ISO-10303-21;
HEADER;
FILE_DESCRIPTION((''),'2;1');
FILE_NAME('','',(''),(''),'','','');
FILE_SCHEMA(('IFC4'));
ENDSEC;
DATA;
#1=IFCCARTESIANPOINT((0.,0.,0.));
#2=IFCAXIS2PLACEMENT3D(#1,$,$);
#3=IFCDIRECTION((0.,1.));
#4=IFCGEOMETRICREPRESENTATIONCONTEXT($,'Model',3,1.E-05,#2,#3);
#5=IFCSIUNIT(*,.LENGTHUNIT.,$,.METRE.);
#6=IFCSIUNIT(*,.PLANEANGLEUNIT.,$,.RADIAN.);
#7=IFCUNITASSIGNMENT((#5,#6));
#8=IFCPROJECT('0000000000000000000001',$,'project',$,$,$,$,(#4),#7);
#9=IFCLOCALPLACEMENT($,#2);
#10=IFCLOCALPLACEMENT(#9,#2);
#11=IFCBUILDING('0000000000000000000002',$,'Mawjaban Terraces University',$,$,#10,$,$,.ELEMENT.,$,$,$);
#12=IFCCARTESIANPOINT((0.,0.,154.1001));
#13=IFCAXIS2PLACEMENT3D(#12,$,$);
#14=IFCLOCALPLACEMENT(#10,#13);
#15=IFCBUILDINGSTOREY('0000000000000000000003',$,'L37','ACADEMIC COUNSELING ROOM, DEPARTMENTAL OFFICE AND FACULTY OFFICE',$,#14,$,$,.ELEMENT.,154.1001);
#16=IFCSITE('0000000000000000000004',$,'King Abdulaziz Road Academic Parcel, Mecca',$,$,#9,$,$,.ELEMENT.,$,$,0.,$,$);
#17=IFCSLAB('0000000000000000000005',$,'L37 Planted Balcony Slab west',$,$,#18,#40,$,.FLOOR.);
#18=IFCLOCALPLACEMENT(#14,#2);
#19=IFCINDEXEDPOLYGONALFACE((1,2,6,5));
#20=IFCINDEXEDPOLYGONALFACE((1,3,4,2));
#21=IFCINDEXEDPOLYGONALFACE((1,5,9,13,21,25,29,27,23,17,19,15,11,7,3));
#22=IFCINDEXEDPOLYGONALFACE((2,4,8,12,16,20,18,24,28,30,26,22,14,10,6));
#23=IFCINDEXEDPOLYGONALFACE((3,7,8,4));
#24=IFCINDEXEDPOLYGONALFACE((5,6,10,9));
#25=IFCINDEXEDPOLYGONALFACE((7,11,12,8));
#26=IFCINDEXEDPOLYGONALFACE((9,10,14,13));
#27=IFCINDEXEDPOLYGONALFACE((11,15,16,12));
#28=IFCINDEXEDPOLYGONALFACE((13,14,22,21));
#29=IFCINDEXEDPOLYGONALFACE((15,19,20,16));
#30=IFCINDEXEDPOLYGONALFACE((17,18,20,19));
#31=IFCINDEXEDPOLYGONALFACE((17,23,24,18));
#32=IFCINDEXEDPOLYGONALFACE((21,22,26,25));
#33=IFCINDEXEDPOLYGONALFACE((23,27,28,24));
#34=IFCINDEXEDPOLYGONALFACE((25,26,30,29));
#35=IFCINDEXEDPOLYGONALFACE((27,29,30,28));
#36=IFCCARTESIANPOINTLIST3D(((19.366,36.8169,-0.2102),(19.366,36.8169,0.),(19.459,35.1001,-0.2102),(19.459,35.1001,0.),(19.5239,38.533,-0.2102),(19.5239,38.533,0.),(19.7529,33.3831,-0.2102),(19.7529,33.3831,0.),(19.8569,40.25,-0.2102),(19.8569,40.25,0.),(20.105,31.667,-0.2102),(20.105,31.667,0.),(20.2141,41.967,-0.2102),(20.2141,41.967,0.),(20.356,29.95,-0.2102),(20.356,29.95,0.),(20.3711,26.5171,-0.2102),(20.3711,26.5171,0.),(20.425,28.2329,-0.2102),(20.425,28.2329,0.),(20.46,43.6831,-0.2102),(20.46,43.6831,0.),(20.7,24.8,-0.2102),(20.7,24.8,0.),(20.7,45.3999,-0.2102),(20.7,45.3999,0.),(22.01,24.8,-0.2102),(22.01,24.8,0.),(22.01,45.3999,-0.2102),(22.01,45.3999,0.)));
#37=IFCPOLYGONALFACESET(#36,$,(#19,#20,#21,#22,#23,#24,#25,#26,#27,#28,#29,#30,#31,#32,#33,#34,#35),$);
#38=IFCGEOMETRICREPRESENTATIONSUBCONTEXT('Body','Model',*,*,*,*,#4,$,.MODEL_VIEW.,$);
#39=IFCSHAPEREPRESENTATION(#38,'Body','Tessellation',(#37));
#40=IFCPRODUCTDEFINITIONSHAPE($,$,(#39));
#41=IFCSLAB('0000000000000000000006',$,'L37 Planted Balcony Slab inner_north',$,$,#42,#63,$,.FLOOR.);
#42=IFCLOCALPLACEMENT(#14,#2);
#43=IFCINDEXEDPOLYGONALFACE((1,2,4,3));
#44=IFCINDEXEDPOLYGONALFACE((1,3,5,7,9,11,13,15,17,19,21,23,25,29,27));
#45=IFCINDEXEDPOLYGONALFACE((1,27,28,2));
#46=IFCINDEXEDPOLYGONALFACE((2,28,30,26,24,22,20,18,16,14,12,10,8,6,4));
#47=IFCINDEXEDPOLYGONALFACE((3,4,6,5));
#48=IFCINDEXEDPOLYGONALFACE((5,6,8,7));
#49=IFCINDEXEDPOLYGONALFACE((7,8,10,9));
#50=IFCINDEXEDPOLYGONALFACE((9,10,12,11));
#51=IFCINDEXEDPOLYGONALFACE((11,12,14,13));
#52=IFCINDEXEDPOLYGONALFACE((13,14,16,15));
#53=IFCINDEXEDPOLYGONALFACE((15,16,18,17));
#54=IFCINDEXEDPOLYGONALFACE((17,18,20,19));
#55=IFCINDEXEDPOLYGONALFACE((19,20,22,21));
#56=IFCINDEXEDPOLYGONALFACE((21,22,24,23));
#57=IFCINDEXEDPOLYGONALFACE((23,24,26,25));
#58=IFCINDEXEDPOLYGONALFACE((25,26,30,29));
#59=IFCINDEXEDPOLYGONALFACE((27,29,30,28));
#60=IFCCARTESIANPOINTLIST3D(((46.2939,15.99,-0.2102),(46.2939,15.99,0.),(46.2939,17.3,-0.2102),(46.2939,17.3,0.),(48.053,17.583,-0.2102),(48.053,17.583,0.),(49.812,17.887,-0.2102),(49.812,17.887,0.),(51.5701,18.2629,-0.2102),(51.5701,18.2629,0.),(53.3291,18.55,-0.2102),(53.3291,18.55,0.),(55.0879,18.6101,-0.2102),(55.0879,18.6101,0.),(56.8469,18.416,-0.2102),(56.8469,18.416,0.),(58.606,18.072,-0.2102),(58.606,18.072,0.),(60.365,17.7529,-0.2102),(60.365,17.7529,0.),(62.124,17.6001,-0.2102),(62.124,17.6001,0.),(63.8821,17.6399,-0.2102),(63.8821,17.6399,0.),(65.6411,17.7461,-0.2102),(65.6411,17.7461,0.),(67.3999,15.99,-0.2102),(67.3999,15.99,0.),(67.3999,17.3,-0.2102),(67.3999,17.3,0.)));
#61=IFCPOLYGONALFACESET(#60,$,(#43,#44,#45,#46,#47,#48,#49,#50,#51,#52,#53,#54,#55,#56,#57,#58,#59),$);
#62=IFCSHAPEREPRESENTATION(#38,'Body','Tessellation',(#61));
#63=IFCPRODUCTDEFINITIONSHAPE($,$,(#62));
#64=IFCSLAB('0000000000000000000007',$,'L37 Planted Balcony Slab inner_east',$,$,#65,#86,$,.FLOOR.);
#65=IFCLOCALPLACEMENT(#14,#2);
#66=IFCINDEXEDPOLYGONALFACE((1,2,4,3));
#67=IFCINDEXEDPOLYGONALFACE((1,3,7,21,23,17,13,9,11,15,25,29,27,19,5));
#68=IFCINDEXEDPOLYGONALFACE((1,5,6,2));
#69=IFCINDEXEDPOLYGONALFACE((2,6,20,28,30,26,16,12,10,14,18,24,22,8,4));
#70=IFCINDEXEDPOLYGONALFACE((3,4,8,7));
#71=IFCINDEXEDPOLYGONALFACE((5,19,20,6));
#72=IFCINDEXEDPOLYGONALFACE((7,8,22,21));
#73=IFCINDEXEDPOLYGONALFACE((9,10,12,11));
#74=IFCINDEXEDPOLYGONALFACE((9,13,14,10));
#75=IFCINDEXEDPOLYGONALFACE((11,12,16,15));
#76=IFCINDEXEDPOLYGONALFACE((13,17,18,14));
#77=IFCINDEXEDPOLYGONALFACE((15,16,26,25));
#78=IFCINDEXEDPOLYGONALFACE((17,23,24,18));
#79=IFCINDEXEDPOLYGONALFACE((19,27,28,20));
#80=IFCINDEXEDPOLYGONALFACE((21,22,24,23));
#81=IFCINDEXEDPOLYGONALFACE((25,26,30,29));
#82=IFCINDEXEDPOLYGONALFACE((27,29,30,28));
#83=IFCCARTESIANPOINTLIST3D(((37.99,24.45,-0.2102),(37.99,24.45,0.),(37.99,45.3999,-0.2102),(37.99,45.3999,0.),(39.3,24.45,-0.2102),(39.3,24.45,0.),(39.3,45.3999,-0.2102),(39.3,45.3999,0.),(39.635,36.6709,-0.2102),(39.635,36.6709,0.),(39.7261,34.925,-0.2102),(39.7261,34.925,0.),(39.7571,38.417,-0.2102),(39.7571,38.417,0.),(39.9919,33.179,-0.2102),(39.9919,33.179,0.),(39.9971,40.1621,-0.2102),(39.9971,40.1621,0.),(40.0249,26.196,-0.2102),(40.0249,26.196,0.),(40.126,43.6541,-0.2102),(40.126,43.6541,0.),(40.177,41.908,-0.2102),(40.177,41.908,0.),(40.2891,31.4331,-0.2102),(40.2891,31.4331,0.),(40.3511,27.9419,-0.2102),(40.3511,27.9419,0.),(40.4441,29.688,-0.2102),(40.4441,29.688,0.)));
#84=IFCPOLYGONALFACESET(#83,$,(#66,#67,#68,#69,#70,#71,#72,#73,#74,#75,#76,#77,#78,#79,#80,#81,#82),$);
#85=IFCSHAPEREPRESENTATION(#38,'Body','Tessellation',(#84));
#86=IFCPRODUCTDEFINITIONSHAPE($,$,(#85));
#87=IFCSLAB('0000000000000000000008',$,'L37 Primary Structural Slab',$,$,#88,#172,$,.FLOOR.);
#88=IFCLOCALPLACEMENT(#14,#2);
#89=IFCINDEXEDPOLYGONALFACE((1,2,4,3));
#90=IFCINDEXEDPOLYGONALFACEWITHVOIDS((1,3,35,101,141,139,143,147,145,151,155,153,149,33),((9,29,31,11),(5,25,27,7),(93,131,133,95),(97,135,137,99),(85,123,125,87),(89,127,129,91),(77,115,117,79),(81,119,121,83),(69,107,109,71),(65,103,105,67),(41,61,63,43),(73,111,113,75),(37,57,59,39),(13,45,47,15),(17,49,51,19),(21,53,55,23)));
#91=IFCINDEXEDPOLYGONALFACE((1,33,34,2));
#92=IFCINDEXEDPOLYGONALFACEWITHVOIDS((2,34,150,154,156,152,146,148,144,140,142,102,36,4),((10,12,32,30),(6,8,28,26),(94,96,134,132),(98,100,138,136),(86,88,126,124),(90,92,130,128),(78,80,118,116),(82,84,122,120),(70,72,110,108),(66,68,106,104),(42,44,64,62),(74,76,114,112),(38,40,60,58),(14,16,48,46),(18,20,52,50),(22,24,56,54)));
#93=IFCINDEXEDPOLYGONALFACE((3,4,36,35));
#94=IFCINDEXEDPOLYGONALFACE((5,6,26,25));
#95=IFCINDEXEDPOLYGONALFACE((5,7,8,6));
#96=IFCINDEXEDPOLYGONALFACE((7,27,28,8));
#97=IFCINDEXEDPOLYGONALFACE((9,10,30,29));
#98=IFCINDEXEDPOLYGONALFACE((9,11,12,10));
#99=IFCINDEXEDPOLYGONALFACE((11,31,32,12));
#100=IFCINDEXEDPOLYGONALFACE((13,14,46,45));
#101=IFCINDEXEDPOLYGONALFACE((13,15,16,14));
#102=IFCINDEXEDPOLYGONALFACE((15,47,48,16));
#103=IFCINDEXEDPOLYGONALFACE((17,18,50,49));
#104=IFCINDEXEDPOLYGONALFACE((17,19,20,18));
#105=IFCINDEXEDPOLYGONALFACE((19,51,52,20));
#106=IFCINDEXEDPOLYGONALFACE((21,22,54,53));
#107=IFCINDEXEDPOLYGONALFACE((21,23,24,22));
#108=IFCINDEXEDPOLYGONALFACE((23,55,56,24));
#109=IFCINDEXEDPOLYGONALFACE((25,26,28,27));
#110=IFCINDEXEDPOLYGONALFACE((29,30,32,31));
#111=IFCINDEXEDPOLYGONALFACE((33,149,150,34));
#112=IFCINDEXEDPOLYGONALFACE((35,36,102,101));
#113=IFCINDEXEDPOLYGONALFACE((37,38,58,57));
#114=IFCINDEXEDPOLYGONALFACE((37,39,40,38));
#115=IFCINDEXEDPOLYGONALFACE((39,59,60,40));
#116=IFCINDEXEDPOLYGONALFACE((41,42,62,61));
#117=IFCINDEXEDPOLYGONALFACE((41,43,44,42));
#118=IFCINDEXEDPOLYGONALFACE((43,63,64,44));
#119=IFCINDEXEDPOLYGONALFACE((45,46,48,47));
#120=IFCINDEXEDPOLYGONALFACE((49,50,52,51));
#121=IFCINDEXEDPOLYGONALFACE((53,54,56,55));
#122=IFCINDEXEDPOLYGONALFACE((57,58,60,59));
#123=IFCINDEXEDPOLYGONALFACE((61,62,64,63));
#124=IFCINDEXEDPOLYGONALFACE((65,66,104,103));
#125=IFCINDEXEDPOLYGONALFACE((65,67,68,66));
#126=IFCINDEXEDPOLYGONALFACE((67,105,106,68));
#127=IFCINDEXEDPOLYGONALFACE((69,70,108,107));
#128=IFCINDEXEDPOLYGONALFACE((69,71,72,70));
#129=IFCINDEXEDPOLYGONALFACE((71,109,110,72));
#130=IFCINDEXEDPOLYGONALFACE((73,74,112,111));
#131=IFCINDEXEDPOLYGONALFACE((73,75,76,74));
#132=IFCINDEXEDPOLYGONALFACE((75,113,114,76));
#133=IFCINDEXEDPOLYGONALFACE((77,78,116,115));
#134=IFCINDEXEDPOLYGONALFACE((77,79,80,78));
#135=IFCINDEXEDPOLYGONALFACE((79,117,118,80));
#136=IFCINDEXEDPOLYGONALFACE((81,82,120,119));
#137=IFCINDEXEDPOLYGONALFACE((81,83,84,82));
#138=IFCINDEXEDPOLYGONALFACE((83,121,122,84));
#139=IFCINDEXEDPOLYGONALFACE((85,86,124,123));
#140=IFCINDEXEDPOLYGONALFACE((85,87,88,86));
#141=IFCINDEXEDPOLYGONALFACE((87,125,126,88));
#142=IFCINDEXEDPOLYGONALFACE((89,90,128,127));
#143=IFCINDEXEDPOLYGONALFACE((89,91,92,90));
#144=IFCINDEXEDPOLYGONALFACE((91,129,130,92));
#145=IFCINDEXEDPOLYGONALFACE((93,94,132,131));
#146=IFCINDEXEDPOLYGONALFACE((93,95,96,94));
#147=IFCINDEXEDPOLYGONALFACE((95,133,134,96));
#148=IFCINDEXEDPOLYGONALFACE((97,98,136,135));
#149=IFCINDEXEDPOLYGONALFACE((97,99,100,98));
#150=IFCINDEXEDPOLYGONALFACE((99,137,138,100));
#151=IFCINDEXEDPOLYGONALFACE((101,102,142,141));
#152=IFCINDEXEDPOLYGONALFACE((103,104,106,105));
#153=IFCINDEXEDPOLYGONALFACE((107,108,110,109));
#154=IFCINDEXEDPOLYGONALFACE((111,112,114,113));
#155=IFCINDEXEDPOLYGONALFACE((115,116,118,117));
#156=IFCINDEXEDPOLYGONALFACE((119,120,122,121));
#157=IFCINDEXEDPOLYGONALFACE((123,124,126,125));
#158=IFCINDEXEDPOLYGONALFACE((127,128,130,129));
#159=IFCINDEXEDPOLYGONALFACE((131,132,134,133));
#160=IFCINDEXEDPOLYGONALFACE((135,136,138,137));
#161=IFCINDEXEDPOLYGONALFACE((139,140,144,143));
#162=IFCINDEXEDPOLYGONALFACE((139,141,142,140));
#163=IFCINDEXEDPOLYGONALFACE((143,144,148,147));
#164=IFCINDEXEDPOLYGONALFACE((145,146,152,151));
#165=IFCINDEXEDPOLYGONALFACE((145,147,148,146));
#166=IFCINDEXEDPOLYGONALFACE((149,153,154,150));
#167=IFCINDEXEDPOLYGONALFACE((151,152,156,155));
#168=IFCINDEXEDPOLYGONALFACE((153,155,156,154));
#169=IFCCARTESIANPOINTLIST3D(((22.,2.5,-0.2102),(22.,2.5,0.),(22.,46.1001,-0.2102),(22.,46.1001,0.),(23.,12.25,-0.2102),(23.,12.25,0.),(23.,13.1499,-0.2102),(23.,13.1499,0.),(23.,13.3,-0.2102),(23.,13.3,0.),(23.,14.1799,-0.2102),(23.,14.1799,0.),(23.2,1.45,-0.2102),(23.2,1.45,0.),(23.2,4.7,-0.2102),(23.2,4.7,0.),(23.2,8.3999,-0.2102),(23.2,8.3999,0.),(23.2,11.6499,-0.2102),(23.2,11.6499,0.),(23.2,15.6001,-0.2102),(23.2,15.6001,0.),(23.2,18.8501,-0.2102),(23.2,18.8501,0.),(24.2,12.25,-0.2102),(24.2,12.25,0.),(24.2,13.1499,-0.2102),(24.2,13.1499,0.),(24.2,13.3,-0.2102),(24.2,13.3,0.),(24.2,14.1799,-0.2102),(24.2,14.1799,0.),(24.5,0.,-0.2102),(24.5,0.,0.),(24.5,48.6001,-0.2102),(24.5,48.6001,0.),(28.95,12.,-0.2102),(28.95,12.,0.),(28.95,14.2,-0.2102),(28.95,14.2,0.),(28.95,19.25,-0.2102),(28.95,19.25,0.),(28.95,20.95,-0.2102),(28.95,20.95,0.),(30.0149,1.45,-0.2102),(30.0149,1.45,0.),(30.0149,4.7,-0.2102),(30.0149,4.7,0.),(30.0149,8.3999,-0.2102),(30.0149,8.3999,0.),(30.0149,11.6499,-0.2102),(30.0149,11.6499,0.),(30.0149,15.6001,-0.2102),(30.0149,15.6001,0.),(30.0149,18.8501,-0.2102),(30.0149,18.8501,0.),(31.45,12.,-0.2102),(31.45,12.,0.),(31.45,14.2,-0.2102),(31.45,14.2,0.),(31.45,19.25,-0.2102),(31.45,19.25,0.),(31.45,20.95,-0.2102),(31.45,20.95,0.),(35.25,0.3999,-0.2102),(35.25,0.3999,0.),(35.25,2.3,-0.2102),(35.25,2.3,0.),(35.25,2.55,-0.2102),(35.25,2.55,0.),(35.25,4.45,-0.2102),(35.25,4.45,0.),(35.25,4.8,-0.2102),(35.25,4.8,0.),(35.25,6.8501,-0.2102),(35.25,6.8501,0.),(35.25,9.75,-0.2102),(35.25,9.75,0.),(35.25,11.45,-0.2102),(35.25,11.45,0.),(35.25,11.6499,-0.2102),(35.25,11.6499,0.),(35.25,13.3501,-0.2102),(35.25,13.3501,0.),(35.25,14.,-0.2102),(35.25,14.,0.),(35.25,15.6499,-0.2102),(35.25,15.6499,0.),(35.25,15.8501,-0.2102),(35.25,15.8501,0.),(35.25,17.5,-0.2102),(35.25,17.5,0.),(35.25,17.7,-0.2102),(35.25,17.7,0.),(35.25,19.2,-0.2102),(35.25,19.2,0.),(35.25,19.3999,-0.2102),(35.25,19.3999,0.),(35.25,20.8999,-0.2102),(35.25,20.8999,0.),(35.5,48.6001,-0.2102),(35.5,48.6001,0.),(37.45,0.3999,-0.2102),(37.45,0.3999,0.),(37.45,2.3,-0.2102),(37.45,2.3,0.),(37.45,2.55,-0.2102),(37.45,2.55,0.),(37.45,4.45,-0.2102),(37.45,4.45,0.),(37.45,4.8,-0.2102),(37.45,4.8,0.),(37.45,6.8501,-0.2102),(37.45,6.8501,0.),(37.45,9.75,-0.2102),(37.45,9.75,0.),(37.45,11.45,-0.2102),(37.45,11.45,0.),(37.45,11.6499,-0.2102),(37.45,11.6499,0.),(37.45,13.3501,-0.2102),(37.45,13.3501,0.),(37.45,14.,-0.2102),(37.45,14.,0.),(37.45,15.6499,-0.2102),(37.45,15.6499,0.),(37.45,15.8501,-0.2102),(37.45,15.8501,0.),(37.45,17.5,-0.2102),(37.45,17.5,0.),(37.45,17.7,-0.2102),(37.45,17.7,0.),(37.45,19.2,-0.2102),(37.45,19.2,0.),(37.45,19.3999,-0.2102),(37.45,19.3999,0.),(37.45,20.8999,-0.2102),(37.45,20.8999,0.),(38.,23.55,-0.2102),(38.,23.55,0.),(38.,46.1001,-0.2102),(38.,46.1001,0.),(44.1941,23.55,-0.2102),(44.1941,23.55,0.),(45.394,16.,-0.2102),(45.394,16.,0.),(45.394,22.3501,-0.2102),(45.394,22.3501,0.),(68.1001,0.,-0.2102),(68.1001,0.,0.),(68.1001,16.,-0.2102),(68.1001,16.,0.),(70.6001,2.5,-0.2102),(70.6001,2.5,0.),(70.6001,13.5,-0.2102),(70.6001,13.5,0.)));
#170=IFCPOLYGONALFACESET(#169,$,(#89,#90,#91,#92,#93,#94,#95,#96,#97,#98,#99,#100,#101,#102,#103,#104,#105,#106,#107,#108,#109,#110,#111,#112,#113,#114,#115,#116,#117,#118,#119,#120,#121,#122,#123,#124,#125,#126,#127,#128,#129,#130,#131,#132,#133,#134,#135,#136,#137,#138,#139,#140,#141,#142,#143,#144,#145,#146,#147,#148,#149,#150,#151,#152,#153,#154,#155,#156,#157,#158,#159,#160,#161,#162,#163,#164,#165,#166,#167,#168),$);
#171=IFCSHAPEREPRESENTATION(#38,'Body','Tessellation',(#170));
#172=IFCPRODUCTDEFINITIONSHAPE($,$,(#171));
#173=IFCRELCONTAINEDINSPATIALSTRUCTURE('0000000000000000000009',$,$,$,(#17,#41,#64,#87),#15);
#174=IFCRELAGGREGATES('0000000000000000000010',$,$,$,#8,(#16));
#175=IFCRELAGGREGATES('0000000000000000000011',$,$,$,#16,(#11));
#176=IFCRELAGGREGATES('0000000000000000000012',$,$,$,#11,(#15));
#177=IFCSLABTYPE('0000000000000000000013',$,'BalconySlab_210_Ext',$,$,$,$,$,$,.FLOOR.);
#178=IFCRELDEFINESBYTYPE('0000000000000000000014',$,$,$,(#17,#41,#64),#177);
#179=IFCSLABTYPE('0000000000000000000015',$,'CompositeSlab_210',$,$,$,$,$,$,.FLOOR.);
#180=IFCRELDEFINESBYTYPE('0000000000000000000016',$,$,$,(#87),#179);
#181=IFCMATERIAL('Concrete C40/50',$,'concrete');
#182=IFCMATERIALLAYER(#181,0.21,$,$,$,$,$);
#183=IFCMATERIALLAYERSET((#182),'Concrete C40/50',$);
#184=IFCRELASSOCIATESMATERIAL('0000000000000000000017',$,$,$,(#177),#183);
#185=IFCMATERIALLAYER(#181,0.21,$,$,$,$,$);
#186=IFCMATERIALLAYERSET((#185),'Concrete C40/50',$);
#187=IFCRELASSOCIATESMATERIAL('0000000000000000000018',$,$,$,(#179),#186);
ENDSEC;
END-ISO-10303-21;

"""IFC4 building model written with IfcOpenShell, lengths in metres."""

from ifc_helpers import new_model, si_unit, direction, frame, origin, place, context, subcontext, project, spatial, polyline, outline, extrude, material, layer, layer_set, type_object, element, save


model = new_model("IFC4")

# Units and contexts
model_context = context("Model", 3, precision=1e-05, world=origin(), true_north=direction((0.0, 1.0)))
body_context = subcontext(model_context, "Body", "Model", "MODEL_VIEW")
ifc_project = project(units=[si_unit("LENGTHUNIT", "METRE"), si_unit("PLANEANGLEUNIT", "RADIAN")], contexts=[model_context])

# Site, building, storey
site_placement = place(None, origin())
site = spatial("IfcSite", under=ifc_project, at=site_placement, Name="King Abdulaziz Road Academic Parcel, Mecca", CompositionType="ELEMENT", RefElevation=0.0)
building_placement = place(site_placement, origin())
building = spatial("IfcBuilding", under=site, at=building_placement, Name="Mawjaban Terraces University", CompositionType="ELEMENT")
storey_placement = place(building_placement, frame((0.0, 0.0, 154.1001)))
storey = spatial("IfcBuildingStorey", under=building, at=storey_placement, Name="L37", Description="ACADEMIC COUNSELING ROOM, DEPARTMENTAL OFFICE AND FACULTY OFFICE", CompositionType="ELEMENT", Elevation=154.1001)

# Slabs
ifc_material_1 = material(Name="Concrete C40/50", Category="concrete")
ifc_layer_1 = layer(ifc_material_1, 0.21)
ifc_layer_set_1 = layer_set([ifc_layer_1], Name="Concrete C40/50")
slab_type_1 = type_object("IfcSlabType", Name="BalconySlab_210_Ext", PredefinedType="FLOOR", material=ifc_layer_set_1)
slab_1_placement = place(storey_placement, frame((0.0, 0.0, -0.2102)))
element("IfcSlab", 1, at=slab_1_placement, inside=storey, type_object=slab_type_1, Name="L37 Planted Balcony Slab west", PredefinedType="FLOOR", context=body_context, shape_type="SweptSolid", body=[
    extrude(outline(polyline([(22.01, 24.8), (22.01, 45.3999), (20.7, 45.3999), (20.46, 43.6831), (20.2141, 41.967), (19.8569, 40.25), (19.5239, 38.533), (19.366, 36.8169), (19.459, 35.1001), (19.7529, 33.3831), (20.105, 31.667), (20.356, 29.95), (20.425, 28.2329), (20.3711, 26.5171), (20.7, 24.8), (22.01, 24.8)])), origin(), (0.0, 0.0, 1.0), 0.2102),
])
slab_2_placement = place(storey_placement, frame((0.0, 0.0, -0.2102)))
element("IfcSlab", 2, at=slab_2_placement, inside=storey, type_object=slab_type_1, Name="L37 Planted Balcony Slab inner_north", PredefinedType="FLOOR", context=body_context, shape_type="SweptSolid", body=[
    extrude(outline(polyline([(46.2939, 15.99), (67.3999, 15.99), (67.3999, 17.3), (65.6411, 17.7461), (63.8821, 17.6399), (62.124, 17.6001), (60.365, 17.7529), (58.606, 18.072), (56.8469, 18.416), (55.0879, 18.6101), (53.3291, 18.55), (51.5701, 18.2629), (49.812, 17.887), (48.053, 17.583), (46.2939, 17.3), (46.2939, 15.99)])), origin(), (0.0, 0.0, 1.0), 0.2102),
])
slab_3_placement = place(storey_placement, frame((0.0, 0.0, -0.2102)))
element("IfcSlab", 3, at=slab_3_placement, inside=storey, type_object=slab_type_1, Name="L37 Planted Balcony Slab inner_east", PredefinedType="FLOOR", context=body_context, shape_type="SweptSolid", body=[
    extrude(outline(polyline([(39.3, 24.45), (40.0249, 26.196), (40.3511, 27.9419), (40.4441, 29.688), (40.2891, 31.4331), (39.9919, 33.179), (39.7261, 34.925), (39.635, 36.6709), (39.7571, 38.417), (39.9971, 40.1621), (40.177, 41.908), (40.126, 43.6541), (39.3, 45.3999), (37.99, 45.3999), (37.99, 24.45), (39.3, 24.45)])), origin(), (0.0, 0.0, 1.0), 0.2102),
])
ifc_layer_2 = layer(ifc_material_1, 0.21)
ifc_layer_set_2 = layer_set([ifc_layer_2], Name="Concrete C40/50")
slab_type_2 = type_object("IfcSlabType", Name="CompositeSlab_210", PredefinedType="FLOOR", material=ifc_layer_set_2)
slab_4_placement = place(storey_placement, frame((0.0, 0.0, -0.2102)))
element("IfcSlab", 4, at=slab_4_placement, inside=storey, type_object=slab_type_2, Name="L37 Primary Structural Slab", PredefinedType="FLOOR", context=body_context, shape_type="SweptSolid", body=[
    extrude(outline(polyline([(24.5, 0.0), (68.1001, 0.0), (70.6001, 2.5), (70.6001, 13.5), (68.1001, 16.0), (45.394, 16.0), (45.394, 22.3501), (44.1941, 23.55), (38.0, 23.55), (38.0, 46.1001), (35.5, 48.6001), (24.5, 48.6001), (22.0, 46.1001), (22.0, 2.5), (24.5, 0.0)]), holes=[polyline([(30.0149, 4.7), (23.2, 4.7), (23.2, 1.45), (30.0149, 1.45), (30.0149, 4.7)]), polyline([(30.0149, 18.8501), (23.2, 18.8501), (23.2, 15.6001), (30.0149, 15.6001), (30.0149, 18.8501)]), polyline([(30.0149, 11.6499), (23.2, 11.6499), (23.2, 8.3999), (30.0149, 8.3999), (30.0149, 11.6499)]), polyline([(35.25, 0.3999), (37.45, 0.3999), (37.45, 2.3), (35.25, 2.3), (35.25, 0.3999)]), polyline([(35.25, 2.55), (37.45, 2.55), (37.45, 4.45), (35.25, 4.45), (35.25, 2.55)]), polyline([(35.25, 4.8), (37.45, 4.8), (37.45, 6.8501), (35.25, 6.8501), (35.25, 4.8)]), polyline([(35.25, 9.75), (37.45, 9.75), (37.45, 11.45), (35.25, 11.45), (35.25, 9.75)]), polyline([(35.25, 11.6499), (37.45, 11.6499), (37.45, 13.3501), (35.25, 13.3501), (35.25, 11.6499)]), polyline([(28.95, 12.0), (31.45, 12.0), (31.45, 14.2), (28.95, 14.2), (28.95, 12.0)]), polyline([(35.25, 14.0), (37.45, 14.0), (37.45, 15.6499), (35.25, 15.6499), (35.25, 14.0)]), polyline([(35.25, 15.8501), (37.45, 15.8501), (37.45, 17.5), (35.25, 17.5), (35.25, 15.8501)]), polyline([(35.25, 17.7), (37.45, 17.7), (37.45, 19.2), (35.25, 19.2), (35.25, 17.7)]), polyline([(35.25, 19.3999), (37.45, 19.3999), (37.45, 20.8999), (35.25, 20.8999), (35.25, 19.3999)]), polyline([(28.95, 19.25), (31.45, 19.25), (31.45, 20.95), (28.95, 20.95), (28.95, 19.25)]), polyline([(23.0, 12.25), (24.2, 12.25), (24.2, 13.1499), (23.0, 13.1499), (23.0, 12.25)]), polyline([(23.0, 13.3), (24.2, 13.3), (24.2, 14.1799), (23.0, 14.1799), (23.0, 13.3)])]), origin(), (0.0, 0.0, 1.0), 0.2102),
])

save(model, "model.ifc")
